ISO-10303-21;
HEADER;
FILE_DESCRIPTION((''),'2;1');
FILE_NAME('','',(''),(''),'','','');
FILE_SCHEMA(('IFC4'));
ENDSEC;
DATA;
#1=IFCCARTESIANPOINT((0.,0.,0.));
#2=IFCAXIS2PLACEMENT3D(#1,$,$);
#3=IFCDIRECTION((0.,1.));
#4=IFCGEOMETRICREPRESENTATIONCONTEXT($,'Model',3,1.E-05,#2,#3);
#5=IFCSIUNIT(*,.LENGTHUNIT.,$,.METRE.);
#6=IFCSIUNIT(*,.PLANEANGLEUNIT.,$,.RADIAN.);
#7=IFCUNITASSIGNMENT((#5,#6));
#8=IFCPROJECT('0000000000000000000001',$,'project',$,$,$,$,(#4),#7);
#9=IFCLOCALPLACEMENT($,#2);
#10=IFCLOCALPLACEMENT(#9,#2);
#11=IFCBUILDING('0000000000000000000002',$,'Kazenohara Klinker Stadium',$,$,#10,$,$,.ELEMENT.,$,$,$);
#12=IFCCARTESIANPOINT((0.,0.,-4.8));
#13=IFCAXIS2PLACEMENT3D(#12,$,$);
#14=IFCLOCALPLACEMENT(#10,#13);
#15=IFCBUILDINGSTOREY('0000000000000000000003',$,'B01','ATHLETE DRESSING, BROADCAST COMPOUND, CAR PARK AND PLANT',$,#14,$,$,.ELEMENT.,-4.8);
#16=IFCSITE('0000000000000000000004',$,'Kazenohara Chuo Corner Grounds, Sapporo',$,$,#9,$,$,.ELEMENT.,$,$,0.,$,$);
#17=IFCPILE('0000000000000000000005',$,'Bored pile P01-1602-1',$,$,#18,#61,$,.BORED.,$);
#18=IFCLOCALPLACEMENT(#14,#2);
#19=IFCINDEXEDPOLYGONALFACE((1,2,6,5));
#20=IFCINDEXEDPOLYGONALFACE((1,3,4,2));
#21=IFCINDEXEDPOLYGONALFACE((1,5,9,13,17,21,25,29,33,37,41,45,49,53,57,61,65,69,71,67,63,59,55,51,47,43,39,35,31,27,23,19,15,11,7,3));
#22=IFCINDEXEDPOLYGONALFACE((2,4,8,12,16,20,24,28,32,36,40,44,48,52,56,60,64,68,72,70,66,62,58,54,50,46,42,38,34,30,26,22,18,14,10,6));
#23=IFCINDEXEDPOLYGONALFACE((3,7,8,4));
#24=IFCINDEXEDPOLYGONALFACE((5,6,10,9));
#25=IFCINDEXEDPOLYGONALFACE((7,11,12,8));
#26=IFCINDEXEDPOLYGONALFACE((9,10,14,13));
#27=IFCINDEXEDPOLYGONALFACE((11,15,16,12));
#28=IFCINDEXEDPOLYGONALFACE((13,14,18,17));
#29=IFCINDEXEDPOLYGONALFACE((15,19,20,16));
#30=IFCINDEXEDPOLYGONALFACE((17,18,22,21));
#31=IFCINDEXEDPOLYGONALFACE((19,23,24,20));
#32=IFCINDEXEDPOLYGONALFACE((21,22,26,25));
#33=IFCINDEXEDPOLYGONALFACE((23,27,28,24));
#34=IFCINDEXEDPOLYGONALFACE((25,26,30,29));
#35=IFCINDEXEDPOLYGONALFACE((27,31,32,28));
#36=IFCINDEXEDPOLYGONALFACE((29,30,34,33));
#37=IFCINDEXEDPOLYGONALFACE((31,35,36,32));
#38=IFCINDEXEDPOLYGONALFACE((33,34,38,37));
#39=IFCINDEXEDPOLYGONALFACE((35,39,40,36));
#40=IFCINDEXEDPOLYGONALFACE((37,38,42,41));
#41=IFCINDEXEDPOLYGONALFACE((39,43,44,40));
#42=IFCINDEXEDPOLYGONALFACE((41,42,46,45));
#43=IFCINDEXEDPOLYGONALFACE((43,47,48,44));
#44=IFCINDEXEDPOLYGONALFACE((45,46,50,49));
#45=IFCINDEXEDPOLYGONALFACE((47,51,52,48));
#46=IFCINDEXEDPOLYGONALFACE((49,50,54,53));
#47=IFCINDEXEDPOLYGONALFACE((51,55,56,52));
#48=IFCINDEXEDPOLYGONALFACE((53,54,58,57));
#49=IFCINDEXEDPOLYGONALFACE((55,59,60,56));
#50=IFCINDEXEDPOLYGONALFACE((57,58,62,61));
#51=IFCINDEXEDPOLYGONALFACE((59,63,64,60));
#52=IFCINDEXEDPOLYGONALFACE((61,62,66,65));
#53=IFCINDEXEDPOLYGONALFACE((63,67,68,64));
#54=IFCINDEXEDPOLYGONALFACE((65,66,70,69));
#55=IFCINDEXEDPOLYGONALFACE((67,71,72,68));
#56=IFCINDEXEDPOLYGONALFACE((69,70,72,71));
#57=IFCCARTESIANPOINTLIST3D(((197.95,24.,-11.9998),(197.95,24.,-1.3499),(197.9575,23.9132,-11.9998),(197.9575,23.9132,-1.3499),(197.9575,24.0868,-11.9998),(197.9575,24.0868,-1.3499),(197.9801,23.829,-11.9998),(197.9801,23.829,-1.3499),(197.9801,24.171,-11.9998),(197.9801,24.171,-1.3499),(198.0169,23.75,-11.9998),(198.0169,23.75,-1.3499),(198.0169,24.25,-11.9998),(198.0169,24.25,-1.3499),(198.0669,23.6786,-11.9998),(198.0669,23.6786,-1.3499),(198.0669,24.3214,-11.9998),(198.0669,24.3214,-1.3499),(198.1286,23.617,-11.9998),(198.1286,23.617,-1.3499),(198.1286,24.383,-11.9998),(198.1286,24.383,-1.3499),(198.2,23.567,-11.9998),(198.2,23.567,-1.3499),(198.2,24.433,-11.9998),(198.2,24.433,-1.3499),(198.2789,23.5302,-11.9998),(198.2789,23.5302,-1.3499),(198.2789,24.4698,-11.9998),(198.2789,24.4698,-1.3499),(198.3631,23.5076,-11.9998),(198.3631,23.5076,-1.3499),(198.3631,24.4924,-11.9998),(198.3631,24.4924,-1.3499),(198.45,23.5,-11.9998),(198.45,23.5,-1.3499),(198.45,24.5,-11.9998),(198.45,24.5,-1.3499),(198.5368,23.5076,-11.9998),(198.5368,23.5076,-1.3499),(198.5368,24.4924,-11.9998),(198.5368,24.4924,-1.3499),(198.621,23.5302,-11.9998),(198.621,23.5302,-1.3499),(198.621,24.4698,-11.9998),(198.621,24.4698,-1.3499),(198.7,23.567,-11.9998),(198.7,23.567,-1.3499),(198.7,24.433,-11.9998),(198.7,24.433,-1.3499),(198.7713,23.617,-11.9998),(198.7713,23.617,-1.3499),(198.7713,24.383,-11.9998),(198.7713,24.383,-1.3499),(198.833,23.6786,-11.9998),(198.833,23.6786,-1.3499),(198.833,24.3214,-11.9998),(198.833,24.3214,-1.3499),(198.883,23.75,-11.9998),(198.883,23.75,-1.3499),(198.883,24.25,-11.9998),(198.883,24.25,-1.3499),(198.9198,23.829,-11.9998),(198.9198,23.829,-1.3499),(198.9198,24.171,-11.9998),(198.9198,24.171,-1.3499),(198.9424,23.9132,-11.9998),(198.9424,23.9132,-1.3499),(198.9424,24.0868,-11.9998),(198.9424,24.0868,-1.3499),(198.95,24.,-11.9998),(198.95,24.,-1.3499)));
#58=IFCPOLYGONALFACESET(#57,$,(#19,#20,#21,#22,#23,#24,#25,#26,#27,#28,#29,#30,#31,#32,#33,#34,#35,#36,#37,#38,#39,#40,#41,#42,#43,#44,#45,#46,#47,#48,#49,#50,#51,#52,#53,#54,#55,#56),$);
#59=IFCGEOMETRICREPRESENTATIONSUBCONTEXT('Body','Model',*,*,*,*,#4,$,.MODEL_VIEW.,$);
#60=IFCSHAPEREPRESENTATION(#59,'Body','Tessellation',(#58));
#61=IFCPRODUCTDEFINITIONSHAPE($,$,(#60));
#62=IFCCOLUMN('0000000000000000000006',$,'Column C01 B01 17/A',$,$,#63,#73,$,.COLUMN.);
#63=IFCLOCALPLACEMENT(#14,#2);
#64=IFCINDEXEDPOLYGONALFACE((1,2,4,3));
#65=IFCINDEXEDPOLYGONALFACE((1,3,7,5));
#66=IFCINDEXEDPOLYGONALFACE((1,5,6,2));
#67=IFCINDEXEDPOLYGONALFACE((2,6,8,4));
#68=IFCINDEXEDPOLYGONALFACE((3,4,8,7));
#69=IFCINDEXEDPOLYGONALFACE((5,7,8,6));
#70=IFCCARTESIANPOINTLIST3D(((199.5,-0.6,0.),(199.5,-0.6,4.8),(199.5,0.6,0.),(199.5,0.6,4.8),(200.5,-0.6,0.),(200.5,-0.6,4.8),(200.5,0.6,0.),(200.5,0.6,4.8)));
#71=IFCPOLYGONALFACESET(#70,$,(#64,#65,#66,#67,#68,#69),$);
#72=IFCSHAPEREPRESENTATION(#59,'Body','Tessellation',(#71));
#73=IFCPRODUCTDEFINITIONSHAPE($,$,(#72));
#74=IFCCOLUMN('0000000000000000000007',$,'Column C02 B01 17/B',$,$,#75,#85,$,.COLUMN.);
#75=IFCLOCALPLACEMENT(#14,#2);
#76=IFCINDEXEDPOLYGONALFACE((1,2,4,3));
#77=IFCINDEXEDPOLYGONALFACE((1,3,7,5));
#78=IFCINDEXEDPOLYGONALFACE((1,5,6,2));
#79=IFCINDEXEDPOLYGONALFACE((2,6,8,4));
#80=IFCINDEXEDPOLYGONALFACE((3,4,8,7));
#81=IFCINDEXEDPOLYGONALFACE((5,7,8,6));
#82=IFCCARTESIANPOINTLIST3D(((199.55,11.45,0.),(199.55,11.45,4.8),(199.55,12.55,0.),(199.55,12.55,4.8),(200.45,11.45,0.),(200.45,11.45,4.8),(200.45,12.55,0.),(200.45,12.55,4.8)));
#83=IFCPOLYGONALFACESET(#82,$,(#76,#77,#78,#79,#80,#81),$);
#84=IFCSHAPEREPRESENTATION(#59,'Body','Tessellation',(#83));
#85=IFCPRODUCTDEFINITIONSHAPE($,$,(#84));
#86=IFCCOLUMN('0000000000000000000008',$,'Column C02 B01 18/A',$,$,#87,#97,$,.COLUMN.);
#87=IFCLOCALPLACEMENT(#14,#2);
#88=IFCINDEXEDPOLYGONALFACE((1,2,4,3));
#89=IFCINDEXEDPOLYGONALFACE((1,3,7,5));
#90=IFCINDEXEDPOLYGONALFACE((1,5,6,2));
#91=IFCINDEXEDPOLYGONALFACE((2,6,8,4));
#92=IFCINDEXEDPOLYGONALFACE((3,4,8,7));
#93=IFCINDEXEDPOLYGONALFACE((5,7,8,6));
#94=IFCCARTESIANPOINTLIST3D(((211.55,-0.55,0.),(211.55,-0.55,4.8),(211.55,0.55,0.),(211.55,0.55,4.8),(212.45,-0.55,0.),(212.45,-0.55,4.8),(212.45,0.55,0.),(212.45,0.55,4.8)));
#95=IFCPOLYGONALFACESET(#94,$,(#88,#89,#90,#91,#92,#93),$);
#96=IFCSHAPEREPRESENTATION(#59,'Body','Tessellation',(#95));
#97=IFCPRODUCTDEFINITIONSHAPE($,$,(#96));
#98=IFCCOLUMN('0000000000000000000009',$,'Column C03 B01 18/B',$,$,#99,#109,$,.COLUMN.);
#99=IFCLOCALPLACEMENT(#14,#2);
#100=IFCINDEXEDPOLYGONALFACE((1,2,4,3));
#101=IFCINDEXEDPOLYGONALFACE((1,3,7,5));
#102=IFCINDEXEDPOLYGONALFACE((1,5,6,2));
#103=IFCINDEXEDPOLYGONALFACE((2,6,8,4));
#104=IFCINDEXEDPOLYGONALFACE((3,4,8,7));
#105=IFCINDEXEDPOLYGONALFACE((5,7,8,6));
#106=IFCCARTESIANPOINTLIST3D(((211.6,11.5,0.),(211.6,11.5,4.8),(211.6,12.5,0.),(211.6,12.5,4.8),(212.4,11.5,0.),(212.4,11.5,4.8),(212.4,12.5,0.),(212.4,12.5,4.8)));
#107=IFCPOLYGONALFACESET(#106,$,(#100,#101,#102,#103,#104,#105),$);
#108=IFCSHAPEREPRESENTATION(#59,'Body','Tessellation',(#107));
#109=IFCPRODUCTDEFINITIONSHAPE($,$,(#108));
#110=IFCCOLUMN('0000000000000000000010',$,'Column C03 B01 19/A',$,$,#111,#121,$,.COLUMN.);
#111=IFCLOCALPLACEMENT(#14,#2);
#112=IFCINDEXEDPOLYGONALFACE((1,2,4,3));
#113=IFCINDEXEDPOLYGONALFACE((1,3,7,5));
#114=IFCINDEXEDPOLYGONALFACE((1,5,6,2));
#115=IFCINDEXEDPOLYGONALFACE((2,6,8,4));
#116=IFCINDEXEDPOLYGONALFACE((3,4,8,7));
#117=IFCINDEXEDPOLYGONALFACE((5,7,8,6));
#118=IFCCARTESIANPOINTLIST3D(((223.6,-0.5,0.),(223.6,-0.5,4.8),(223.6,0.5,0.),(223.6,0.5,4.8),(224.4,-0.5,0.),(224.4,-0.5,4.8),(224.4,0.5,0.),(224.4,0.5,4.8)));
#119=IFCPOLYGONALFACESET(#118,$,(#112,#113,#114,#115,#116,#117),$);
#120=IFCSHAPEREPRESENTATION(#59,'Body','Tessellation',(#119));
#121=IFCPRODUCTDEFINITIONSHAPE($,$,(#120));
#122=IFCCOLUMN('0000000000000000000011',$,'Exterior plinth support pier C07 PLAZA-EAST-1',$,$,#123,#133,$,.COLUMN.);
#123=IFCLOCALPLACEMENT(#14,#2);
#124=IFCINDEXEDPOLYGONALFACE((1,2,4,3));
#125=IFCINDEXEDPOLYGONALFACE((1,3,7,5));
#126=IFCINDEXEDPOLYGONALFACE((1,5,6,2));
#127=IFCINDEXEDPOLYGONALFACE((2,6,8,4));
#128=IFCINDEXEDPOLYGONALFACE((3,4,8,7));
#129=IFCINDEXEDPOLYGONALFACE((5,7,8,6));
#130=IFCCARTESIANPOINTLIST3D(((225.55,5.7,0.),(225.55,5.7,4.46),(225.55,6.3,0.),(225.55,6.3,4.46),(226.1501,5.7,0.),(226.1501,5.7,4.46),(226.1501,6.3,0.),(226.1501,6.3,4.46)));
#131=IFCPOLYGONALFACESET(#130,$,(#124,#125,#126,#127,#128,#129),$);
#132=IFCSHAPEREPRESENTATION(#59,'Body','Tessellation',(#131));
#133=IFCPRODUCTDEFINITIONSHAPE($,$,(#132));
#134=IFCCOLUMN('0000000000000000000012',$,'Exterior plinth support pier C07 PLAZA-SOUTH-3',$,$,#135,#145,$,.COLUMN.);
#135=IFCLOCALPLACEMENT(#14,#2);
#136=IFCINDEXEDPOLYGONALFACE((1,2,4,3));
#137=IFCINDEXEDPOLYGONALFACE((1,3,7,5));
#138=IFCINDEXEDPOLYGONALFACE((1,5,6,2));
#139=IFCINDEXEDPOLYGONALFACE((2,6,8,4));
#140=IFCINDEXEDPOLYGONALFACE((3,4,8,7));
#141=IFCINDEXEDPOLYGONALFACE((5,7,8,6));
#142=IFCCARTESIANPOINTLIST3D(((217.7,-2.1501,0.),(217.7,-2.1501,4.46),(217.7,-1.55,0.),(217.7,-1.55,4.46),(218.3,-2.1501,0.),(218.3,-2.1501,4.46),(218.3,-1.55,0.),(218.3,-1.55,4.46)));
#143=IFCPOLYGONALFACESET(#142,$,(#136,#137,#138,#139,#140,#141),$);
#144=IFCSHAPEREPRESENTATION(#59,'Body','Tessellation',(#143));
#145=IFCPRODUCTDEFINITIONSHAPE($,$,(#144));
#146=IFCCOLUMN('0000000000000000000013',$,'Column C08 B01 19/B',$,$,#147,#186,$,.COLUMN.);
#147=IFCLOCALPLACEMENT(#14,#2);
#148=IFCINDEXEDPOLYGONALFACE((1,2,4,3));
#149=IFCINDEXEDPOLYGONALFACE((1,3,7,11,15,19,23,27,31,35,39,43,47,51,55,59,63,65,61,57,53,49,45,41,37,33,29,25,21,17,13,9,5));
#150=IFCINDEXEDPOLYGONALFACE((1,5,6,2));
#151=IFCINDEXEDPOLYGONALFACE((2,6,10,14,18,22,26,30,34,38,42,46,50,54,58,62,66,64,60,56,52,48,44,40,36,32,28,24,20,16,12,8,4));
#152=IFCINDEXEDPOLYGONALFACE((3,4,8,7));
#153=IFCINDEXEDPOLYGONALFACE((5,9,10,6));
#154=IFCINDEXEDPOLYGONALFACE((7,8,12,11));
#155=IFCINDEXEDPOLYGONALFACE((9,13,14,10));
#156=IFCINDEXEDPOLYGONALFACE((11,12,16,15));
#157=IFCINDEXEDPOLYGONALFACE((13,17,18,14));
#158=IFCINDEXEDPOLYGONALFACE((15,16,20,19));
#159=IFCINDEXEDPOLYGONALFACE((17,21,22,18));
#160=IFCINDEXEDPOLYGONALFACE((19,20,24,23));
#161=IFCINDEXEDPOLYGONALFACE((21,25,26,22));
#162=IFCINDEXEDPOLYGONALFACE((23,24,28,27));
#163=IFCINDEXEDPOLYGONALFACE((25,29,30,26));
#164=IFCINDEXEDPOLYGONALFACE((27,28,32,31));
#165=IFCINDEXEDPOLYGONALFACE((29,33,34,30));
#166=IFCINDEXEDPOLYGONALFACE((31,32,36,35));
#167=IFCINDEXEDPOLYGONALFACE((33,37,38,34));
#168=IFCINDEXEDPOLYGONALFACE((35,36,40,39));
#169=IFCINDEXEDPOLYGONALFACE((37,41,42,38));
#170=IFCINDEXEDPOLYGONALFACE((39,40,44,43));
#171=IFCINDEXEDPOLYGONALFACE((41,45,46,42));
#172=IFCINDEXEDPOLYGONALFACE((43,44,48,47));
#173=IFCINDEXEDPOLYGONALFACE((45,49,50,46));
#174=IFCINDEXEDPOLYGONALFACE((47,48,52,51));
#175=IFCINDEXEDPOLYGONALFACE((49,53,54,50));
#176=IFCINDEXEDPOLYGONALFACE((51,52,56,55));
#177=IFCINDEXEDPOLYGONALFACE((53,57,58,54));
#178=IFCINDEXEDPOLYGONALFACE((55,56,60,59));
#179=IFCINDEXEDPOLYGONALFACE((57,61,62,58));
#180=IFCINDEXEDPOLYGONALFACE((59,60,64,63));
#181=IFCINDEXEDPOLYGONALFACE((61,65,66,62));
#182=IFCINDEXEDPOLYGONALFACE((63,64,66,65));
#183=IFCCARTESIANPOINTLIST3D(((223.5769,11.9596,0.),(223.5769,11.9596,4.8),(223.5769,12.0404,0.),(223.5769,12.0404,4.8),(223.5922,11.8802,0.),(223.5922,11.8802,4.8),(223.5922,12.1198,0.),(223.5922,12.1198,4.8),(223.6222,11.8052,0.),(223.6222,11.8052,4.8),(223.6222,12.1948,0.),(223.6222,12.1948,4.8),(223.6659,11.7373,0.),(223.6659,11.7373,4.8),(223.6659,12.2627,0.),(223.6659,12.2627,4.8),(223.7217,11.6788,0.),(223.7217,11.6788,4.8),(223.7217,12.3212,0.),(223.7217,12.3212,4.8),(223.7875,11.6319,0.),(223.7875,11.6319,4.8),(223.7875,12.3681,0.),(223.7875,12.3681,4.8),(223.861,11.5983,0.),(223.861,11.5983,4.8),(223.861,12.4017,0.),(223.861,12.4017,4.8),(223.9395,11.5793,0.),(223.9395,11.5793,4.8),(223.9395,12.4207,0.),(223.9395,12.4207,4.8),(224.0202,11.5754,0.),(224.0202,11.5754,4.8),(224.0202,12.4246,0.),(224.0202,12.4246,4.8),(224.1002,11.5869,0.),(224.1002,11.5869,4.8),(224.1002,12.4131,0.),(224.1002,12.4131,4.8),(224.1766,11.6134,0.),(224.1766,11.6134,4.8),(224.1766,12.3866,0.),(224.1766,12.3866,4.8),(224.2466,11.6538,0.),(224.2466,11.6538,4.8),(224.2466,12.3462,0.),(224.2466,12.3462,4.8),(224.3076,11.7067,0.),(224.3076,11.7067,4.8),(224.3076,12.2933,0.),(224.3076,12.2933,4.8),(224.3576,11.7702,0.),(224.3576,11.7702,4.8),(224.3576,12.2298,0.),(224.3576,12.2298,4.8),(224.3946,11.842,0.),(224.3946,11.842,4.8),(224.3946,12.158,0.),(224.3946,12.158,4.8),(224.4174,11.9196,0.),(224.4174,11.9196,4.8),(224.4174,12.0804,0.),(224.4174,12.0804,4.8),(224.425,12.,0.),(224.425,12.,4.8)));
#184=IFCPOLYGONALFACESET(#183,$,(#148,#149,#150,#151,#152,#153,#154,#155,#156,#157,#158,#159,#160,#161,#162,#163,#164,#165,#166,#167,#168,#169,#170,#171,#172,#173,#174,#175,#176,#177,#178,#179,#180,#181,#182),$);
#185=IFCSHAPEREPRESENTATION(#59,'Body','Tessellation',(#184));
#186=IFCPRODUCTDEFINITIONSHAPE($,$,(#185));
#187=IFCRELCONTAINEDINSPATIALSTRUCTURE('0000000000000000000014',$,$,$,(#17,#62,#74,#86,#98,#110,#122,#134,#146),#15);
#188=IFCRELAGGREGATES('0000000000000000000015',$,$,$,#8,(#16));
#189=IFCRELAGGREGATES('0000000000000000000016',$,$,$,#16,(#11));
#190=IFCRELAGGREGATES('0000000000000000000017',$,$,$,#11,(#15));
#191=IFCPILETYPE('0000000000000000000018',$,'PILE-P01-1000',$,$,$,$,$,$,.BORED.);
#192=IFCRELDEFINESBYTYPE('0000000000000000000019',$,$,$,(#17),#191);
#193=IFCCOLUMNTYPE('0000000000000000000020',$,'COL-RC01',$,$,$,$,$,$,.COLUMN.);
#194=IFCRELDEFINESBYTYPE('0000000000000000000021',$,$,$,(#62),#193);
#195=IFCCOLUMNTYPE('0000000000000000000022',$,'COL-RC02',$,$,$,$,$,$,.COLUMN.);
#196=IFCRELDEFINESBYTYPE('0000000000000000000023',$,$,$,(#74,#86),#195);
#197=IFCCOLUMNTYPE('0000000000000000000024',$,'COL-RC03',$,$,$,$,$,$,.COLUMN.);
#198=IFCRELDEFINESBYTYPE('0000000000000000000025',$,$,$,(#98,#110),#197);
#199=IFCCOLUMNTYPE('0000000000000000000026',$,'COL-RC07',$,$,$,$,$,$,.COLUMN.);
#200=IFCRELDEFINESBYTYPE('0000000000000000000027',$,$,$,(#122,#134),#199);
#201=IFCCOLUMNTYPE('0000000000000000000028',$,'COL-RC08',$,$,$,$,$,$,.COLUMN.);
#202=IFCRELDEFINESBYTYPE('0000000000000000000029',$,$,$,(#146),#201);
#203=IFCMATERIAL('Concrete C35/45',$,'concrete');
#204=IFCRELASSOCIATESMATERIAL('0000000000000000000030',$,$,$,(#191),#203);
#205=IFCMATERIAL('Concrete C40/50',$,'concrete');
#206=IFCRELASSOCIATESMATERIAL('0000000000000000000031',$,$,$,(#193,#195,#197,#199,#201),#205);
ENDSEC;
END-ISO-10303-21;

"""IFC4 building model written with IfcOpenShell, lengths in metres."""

from ifc_helpers import new_model, si_unit, direction, frame, origin, origin_2d, place, context, subcontext, project, spatial, rectangle, circle, extrude, material, material_profile, profile_set, type_object, element, save


model = new_model("IFC4")

# Units and contexts
model_context = context("Model", 3, precision=1e-05, world=origin(), true_north=direction((0.0, 1.0)))
body_context = subcontext(model_context, "Body", "Model", "MODEL_VIEW")
ifc_project = project(units=[si_unit("LENGTHUNIT", "METRE"), si_unit("PLANEANGLEUNIT", "RADIAN")], contexts=[model_context])

# Site, building, storey
site_placement = place(None, origin())
site = spatial("IfcSite", under=ifc_project, at=site_placement, Name="Kazenohara Chuo Corner Grounds, Sapporo", CompositionType="ELEMENT", RefElevation=0.0)
building_placement = place(site_placement, origin())
building = spatial("IfcBuilding", under=site, at=building_placement, Name="Kazenohara Klinker Stadium", CompositionType="ELEMENT")
storey_placement = place(building_placement, frame((0.0, 0.0, -4.8)))
storey = spatial("IfcBuildingStorey", under=building, at=storey_placement, Name="B01", Description="ATHLETE DRESSING, BROADCAST COMPOUND, CAR PARK AND PLANT", CompositionType="ELEMENT", Elevation=-4.8)

# Shared definitions
ifc_material_1 = material(Name="Concrete C35/45", Category="concrete")

# Pile
ifc_material_profile_1 = material_profile(ifc_material_1, circle(Radius=0.5, at=origin_2d()), Name="BORED-PILE-1000")
ifc_profile_set_1 = profile_set([ifc_material_profile_1], Name="Concrete C35/45")
pile_type = type_object("IfcPileType", Name="PILE-P01-1000", PredefinedType="BORED", material=ifc_profile_set_1)
for number, where, z_axis, x_axis, name in (
    (1, (198.45, 24.0, -1.3499), (0.0, 0.0, -1.0), (1.0, 0.0, 0.0), "Bored pile P01-1602-1"),
):
    element("IfcPile", number, at=place(storey_placement, frame(where, z_axis=z_axis, x_axis=x_axis)), inside=storey, type_object=pile_type, Name=name, PredefinedType="BORED", context=body_context, shape_type="SweptSolid", body=[
        extrude(circle(Radius=0.5, at=origin_2d()), origin(), (0.0, 0.0, 1.0), 10.6499),
    ])

# Columns
ifc_material_2 = material(Name="Concrete C40/50", Category="concrete")
ifc_material_profile_2 = material_profile(ifc_material_2, rectangle(XDim=1.0, YDim=1.2, at=origin_2d()), Name="RC-COL-1200x1000")
ifc_profile_set_2 = profile_set([ifc_material_profile_2], Name="Concrete C40/50")
column_type_1 = type_object("IfcColumnType", Name="COL-RC01", PredefinedType="COLUMN", material=ifc_profile_set_2)
column_1_placement = place(storey_placement, frame((200.0, 0.0, 0.0), z_axis=(0.0, 0.0, 1.0), x_axis=(1.0, 0.0, 0.0)))
element("IfcColumn", 2, at=column_1_placement, inside=storey, type_object=column_type_1, Name="Column C01 B01 17/A", PredefinedType="COLUMN", context=body_context, shape_type="SweptSolid", body=[
    extrude(rectangle(XDim=1.0, YDim=1.2, at=origin_2d()), origin(), (0.0, 0.0, 1.0), 4.8),
])
ifc_material_profile_3 = material_profile(ifc_material_2, rectangle(XDim=0.8999, YDim=1.1001, at=origin_2d()), Name="RC-COL-1100x900")
ifc_profile_set_3 = profile_set([ifc_material_profile_3], Name="Concrete C40/50")
column_type_2 = type_object("IfcColumnType", Name="COL-RC02", PredefinedType="COLUMN", material=ifc_profile_set_3)
for number, where, z_axis, x_axis, name in (
    (3, (200.0, 12.0, 0.0), (0.0, 0.0, 1.0), (1.0, 0.0, 0.0), "Column C02 B01 17/B"),
    (4, (212.0, 0.0, 0.0), (0.0, 0.0, 1.0), (1.0, 0.0, 0.0), "Column C02 B01 18/A"),
):
    element("IfcColumn", number, at=place(storey_placement, frame(where, z_axis=z_axis, x_axis=x_axis)), inside=storey, type_object=column_type_2, Name=name, PredefinedType="COLUMN", context=body_context, shape_type="SweptSolid", body=[
        extrude(rectangle(XDim=0.8999, YDim=1.1001, at=origin_2d()), origin(), (0.0, 0.0, 1.0), 4.8),
    ])
ifc_material_profile_4 = material_profile(ifc_material_2, rectangle(XDim=0.8, YDim=1.0, at=origin_2d()), Name="RC-COL-1000x800")
ifc_profile_set_4 = profile_set([ifc_material_profile_4], Name="Concrete C40/50")
column_type_3 = type_object("IfcColumnType", Name="COL-RC03", PredefinedType="COLUMN", material=ifc_profile_set_4)
for number, where, z_axis, x_axis, name in (
    (5, (212.0, 12.0, 0.0), (0.0, 0.0, 1.0), (1.0, 0.0, 0.0), "Column C03 B01 18/B"),
    (6, (224.0, 0.0, 0.0), (0.0, 0.0, 1.0), (1.0, 0.0, 0.0), "Column C03 B01 19/A"),
):
    element("IfcColumn", number, at=place(storey_placement, frame(where, z_axis=z_axis, x_axis=x_axis)), inside=storey, type_object=column_type_3, Name=name, PredefinedType="COLUMN", context=body_context, shape_type="SweptSolid", body=[
        extrude(rectangle(XDim=0.8, YDim=1.0, at=origin_2d()), origin(), (0.0, 0.0, 1.0), 4.8),
    ])
ifc_material_profile_5 = material_profile(ifc_material_2, rectangle(XDim=0.6001, YDim=0.6001, at=origin_2d()), Name="RC-COL-600x600")
ifc_profile_set_5 = profile_set([ifc_material_profile_5], Name="Concrete C40/50")
column_type_4 = type_object("IfcColumnType", Name="COL-RC07", PredefinedType="COLUMN", material=ifc_profile_set_5)
for number, where, z_axis, x_axis, name in (
    (7, (225.8501, 6.0, 0.0), (0.0, 0.0, 1.0), (1.0, 0.0, 0.0), "Exterior plinth support pier C07 PLAZA-EAST-1"),
    (8, (218.0, -1.8501, 0.0), (0.0, 0.0, 1.0), (1.0, 0.0, 0.0), "Exterior plinth support pier C07 PLAZA-SOUTH-3"),
):
    element("IfcColumn", number, at=place(storey_placement, frame(where, z_axis=z_axis, x_axis=x_axis)), inside=storey, type_object=column_type_4, Name=name, PredefinedType="COLUMN", context=body_context, shape_type="SweptSolid", body=[
        extrude(rectangle(XDim=0.6001, YDim=0.6001, at=origin_2d()), origin(), (0.0, 0.0, 1.0), 4.46),
    ])
ifc_material_profile_6 = material_profile(ifc_material_2, circle(Radius=0.425, at=origin_2d()), Name="RC-COL-D850")
ifc_profile_set_6 = profile_set([ifc_material_profile_6], Name="Concrete C40/50")
column_type_5 = type_object("IfcColumnType", Name="COL-RC08", PredefinedType="COLUMN", material=ifc_profile_set_6)
column_2_placement = place(storey_placement, frame((224.0, 12.0, 0.0), z_axis=(0.0, 0.0, 1.0), x_axis=(1.0, 0.0, 0.0)))
element("IfcColumn", 9, at=column_2_placement, inside=storey, type_object=column_type_5, Name="Column C08 B01 19/B", PredefinedType="COLUMN", context=body_context, shape_type="SweptSolid", body=[
    extrude(circle(Radius=0.425, at=origin_2d()), origin(), (0.0, 0.0, 1.0), 4.8),
])

save(model, "model.ifc")
